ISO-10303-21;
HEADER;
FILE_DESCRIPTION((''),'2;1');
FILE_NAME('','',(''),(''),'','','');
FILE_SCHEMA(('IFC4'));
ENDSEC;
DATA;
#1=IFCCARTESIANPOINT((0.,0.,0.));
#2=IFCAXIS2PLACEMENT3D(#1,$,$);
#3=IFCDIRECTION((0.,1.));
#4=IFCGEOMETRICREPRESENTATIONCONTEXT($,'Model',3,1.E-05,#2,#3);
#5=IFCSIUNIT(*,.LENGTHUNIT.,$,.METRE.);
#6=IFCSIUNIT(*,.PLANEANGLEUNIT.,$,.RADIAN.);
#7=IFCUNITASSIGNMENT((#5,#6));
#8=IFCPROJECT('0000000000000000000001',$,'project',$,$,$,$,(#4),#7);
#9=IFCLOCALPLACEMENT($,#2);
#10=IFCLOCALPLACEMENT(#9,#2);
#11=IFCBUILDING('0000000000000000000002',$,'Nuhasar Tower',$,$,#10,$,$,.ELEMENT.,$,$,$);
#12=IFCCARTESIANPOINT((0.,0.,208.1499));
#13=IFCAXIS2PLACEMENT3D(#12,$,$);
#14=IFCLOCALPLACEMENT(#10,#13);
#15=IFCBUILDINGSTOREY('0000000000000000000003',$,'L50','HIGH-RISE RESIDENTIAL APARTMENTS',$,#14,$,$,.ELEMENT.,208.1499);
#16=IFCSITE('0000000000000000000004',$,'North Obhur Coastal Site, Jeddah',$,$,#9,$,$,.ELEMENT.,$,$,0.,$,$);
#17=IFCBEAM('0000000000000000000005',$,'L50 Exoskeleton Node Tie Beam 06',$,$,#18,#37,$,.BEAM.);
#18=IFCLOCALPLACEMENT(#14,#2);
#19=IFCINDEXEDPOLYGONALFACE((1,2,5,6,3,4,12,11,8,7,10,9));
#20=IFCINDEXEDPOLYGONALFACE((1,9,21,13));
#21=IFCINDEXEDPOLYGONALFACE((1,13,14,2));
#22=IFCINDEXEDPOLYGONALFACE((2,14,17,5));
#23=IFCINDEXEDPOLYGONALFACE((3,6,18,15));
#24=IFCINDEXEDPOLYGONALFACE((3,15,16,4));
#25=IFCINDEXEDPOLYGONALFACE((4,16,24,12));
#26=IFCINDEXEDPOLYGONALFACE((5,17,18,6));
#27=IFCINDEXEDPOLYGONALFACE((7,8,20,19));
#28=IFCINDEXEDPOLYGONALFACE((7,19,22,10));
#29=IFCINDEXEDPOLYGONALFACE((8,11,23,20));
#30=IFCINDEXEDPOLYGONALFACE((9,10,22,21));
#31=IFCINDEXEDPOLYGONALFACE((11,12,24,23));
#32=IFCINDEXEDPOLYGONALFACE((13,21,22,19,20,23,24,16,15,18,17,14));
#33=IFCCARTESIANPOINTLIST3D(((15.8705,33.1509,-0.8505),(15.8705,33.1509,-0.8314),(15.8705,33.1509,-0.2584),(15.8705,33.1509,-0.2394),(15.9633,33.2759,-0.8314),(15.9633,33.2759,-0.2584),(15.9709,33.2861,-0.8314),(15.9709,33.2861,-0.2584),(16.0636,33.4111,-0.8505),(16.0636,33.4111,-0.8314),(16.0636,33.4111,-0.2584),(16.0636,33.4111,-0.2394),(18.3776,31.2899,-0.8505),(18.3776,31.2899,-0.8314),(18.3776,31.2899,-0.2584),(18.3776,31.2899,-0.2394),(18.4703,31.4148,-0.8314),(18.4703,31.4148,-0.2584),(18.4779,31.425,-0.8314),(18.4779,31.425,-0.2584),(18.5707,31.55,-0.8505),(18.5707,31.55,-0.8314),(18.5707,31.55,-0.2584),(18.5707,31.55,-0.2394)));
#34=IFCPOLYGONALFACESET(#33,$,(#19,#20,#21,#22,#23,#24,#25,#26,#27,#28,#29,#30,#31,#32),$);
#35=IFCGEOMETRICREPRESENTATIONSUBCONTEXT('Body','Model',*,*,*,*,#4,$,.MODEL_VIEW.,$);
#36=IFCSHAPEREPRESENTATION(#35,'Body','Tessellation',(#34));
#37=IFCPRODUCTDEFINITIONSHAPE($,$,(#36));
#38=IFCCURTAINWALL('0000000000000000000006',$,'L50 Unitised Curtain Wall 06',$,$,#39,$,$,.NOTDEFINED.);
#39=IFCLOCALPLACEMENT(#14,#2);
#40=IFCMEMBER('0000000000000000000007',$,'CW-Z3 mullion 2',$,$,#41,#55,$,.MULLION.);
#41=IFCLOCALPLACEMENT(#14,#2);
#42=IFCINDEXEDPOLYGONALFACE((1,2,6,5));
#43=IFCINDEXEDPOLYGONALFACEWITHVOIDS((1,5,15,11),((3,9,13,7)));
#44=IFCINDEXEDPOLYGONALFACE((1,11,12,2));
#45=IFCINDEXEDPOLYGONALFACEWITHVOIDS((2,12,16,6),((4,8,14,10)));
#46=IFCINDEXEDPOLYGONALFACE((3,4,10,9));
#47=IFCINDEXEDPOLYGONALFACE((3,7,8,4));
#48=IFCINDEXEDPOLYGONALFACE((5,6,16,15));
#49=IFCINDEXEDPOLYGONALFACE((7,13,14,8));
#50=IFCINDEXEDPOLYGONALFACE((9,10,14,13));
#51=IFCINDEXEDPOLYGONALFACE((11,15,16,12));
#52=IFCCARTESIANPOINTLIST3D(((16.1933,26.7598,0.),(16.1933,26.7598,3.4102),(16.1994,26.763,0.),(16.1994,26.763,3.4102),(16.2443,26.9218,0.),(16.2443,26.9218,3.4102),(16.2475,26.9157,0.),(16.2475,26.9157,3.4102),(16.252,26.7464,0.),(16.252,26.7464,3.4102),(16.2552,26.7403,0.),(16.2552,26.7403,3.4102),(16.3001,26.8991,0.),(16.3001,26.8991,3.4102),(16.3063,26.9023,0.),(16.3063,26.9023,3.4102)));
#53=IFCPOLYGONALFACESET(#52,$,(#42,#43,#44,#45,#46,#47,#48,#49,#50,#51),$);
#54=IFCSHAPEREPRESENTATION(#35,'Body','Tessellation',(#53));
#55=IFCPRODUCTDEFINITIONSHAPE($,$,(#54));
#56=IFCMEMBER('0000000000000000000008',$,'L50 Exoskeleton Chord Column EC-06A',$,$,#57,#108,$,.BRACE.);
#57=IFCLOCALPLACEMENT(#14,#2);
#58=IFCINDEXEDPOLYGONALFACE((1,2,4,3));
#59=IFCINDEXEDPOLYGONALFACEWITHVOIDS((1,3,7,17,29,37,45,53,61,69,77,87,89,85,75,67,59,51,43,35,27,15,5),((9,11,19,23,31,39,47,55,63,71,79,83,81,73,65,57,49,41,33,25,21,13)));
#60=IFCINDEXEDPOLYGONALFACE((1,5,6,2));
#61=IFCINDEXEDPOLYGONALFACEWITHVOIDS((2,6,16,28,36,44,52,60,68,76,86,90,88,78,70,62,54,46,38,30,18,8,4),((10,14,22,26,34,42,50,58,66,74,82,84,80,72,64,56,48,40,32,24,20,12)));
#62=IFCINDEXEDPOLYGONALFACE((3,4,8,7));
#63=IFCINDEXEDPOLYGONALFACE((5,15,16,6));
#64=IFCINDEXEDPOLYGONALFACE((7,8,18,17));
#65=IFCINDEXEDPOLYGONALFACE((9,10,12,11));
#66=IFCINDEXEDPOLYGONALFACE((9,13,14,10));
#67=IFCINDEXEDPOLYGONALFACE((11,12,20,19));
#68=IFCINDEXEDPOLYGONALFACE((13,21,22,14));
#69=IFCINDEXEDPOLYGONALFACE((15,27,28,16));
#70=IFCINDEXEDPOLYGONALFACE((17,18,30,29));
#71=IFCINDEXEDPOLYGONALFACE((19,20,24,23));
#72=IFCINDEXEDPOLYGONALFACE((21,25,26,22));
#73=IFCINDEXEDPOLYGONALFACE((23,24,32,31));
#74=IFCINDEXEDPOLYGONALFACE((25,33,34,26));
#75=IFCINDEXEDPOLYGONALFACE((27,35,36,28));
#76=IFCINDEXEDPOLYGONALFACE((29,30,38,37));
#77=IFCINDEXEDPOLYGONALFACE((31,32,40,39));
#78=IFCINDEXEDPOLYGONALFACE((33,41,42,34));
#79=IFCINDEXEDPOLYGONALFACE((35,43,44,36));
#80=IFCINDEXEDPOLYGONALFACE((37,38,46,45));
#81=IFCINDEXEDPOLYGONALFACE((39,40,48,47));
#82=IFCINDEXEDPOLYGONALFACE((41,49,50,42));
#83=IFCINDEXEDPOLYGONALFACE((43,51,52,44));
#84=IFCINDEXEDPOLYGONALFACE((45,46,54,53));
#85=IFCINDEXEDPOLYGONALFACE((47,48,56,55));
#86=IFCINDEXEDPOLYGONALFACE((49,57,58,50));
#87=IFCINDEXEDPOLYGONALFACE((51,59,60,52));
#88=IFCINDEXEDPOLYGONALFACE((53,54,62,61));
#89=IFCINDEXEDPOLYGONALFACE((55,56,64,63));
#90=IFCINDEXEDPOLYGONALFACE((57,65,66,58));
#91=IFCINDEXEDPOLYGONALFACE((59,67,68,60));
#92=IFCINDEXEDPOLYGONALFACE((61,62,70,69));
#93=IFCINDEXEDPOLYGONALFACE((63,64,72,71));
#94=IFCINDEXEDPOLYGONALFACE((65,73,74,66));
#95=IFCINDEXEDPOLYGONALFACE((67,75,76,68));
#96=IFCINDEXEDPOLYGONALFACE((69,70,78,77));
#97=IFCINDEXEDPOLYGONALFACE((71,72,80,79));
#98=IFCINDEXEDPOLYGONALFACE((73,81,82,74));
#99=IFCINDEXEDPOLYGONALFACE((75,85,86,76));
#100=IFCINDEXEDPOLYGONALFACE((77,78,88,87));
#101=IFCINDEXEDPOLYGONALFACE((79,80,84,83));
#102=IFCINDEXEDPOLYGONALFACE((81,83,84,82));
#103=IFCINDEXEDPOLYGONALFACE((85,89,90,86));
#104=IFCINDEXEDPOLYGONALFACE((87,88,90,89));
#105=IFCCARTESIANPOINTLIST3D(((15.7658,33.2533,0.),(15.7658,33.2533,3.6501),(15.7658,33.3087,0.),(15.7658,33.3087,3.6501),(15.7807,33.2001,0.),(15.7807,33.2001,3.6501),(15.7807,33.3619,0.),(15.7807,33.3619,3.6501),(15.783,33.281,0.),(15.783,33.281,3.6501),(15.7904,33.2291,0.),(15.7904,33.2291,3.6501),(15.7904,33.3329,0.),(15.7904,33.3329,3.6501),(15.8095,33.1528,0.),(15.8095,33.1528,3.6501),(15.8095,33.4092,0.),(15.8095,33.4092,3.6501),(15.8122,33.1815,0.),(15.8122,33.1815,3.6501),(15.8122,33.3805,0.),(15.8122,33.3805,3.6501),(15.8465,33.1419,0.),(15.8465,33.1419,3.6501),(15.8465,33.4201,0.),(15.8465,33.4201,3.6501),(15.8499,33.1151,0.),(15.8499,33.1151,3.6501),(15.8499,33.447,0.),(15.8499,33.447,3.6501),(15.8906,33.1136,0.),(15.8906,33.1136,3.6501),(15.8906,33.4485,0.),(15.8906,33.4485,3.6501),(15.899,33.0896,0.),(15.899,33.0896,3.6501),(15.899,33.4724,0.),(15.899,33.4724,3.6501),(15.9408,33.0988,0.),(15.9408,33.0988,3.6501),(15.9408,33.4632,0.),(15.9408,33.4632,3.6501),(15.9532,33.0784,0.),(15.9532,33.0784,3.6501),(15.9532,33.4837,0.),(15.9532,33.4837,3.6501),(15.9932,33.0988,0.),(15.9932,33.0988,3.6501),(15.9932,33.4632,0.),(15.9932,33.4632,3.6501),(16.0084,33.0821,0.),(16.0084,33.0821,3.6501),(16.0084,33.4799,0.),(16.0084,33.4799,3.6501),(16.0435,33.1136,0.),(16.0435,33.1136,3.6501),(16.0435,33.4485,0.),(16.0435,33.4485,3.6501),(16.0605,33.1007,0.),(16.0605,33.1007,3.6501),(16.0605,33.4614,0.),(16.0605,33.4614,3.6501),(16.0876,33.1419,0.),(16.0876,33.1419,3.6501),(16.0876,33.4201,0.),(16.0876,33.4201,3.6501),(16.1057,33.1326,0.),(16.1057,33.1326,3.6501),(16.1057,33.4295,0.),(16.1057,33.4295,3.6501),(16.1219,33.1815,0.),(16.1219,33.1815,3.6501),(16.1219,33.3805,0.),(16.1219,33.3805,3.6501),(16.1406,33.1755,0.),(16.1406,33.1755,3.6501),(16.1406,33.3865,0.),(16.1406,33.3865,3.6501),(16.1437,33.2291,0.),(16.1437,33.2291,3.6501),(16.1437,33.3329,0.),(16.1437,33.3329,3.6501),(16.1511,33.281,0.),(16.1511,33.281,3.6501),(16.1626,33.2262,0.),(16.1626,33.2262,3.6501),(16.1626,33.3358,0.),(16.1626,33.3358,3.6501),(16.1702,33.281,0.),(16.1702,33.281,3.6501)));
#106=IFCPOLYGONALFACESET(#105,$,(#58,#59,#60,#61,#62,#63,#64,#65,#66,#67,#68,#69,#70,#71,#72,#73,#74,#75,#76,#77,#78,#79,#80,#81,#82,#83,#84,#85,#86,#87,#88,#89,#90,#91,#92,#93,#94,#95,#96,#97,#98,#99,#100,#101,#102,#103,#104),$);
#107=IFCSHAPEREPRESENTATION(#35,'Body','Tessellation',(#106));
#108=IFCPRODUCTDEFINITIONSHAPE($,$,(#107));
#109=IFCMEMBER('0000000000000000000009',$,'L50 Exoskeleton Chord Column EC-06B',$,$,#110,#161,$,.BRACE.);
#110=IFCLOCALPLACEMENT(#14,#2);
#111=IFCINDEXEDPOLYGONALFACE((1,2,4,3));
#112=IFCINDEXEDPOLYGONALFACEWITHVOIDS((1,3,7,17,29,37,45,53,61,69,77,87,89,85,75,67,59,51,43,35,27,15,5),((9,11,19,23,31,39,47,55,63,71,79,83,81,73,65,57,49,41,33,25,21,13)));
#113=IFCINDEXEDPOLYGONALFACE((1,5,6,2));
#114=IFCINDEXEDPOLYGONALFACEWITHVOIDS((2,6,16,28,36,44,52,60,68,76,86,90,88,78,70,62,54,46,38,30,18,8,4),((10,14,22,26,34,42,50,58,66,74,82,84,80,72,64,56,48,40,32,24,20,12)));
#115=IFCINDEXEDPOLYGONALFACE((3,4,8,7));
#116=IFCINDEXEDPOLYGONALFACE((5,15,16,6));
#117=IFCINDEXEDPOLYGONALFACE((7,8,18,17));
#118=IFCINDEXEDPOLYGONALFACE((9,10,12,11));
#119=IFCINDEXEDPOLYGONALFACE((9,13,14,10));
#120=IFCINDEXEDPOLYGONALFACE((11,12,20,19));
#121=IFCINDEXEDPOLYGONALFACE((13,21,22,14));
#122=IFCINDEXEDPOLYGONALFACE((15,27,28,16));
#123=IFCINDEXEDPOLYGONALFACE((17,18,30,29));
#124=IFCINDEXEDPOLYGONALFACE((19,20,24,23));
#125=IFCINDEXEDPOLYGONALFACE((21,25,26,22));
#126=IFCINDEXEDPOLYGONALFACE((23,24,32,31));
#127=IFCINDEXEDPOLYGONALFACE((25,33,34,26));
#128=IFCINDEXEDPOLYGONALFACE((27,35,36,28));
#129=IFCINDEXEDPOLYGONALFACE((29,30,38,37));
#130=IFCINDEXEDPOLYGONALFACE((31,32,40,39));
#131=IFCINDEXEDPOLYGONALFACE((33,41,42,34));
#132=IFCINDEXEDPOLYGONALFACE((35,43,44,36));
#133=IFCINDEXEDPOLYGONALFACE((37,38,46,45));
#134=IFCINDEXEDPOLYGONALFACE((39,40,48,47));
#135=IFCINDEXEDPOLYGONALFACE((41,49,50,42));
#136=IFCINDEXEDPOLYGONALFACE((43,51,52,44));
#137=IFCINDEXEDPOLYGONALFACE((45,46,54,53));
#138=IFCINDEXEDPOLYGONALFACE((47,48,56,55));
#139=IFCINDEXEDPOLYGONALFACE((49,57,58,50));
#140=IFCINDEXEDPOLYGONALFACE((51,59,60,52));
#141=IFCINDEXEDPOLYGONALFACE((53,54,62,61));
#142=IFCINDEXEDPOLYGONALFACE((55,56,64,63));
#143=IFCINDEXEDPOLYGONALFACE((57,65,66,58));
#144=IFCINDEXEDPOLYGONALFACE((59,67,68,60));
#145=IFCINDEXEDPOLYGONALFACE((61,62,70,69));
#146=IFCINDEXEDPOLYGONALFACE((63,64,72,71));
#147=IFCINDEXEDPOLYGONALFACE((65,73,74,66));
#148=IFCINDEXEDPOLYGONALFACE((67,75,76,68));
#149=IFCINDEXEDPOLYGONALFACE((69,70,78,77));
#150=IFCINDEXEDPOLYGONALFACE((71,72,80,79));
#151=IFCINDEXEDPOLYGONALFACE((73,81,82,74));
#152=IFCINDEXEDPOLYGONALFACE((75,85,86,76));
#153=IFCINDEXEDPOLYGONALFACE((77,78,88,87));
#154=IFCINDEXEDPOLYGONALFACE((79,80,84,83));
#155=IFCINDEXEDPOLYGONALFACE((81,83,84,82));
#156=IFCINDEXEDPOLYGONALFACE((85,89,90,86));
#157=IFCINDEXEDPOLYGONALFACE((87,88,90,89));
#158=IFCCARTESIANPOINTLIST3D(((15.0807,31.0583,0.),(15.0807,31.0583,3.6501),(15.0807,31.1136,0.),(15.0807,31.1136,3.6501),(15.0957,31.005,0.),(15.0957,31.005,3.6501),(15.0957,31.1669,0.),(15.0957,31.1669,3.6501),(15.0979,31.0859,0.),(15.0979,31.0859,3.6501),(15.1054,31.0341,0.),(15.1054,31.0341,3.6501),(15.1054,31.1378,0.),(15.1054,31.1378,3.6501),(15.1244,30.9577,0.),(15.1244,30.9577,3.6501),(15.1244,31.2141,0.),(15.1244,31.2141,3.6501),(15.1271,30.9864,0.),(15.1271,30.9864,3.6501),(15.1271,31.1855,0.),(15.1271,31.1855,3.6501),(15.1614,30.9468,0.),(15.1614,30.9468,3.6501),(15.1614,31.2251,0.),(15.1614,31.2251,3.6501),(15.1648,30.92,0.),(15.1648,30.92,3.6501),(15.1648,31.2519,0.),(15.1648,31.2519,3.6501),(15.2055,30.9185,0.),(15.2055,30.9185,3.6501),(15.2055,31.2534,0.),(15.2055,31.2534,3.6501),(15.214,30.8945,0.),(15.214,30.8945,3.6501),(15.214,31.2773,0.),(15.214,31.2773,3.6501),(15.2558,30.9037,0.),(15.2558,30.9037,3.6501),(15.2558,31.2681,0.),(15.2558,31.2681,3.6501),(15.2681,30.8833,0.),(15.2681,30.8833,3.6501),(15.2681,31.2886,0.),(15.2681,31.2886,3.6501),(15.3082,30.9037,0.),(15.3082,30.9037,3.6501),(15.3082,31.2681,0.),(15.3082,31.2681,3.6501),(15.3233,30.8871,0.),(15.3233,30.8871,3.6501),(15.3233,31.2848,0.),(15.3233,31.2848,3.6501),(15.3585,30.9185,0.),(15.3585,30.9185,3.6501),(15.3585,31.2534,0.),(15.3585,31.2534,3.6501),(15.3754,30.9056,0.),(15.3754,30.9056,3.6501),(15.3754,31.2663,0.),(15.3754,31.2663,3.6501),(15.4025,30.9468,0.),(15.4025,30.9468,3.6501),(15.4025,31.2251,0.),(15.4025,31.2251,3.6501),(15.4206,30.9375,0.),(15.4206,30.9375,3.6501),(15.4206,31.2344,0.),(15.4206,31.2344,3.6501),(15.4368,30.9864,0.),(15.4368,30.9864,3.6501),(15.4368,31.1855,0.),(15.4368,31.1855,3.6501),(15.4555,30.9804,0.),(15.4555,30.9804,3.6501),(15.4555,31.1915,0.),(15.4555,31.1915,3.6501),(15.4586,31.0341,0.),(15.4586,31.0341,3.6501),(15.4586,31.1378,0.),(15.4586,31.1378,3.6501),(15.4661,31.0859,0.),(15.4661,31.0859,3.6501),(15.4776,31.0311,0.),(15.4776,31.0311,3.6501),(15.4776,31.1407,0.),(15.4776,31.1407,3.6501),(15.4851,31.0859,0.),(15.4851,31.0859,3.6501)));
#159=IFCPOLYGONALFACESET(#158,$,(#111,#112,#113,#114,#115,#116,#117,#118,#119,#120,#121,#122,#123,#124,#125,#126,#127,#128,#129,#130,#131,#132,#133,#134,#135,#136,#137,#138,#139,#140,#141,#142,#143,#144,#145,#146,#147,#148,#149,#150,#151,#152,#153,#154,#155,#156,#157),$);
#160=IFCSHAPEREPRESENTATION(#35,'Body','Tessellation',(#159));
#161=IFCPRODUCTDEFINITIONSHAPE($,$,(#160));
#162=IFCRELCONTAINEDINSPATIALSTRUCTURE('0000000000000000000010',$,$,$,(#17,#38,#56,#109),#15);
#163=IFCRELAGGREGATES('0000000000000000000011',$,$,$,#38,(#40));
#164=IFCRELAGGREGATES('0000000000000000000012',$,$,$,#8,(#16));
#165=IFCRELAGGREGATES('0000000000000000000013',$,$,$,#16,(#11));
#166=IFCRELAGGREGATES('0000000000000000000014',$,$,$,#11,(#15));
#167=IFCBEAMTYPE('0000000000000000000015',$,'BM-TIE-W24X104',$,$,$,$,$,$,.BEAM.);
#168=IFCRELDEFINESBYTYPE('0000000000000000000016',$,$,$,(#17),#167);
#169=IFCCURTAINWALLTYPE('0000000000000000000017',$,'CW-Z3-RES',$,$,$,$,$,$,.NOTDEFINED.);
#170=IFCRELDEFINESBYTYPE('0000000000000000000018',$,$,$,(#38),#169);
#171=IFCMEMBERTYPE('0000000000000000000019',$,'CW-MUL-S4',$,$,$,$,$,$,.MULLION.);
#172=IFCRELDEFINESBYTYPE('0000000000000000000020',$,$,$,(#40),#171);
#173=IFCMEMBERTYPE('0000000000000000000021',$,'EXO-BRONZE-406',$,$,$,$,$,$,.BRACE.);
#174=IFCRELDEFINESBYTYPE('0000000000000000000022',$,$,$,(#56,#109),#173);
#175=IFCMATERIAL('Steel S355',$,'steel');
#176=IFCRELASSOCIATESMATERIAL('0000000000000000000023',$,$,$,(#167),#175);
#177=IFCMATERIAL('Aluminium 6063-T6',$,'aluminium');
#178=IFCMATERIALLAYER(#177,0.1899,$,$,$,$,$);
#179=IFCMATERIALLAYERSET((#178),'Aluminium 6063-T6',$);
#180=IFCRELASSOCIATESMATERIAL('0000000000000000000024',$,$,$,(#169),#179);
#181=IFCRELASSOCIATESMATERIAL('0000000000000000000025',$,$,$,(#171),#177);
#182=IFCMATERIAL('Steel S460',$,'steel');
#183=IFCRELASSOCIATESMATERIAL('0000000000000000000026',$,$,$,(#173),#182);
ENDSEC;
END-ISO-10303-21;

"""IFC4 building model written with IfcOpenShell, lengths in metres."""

from ifc_helpers import new_model, si_unit, direction, frame, origin, origin_2d, place, context, subcontext, project, spatial, hollow_rectangle, hollow_circle, i_section, extrude, material, layer, layer_set, material_profile, profile_set, type_object, element, aggregate, save


model = new_model("IFC4")

# Units and contexts
model_context = context("Model", 3, precision=1e-05, world=origin(), true_north=direction((0.0, 1.0)))
body_context = subcontext(model_context, "Body", "Model", "MODEL_VIEW")
ifc_project = project(units=[si_unit("LENGTHUNIT", "METRE"), si_unit("PLANEANGLEUNIT", "RADIAN")], contexts=[model_context])

# Site, building, storey
site_placement = place(None, origin())
site = spatial("IfcSite", under=ifc_project, at=site_placement, Name="North Obhur Coastal Site, Jeddah", CompositionType="ELEMENT", RefElevation=0.0)
building_placement = place(site_placement, origin())
building = spatial("IfcBuilding", under=site, at=building_placement, Name="Nuhasar Tower", CompositionType="ELEMENT")
storey_placement = place(building_placement, frame((0.0, 0.0, 208.1499)))
storey = spatial("IfcBuildingStorey", under=building, at=storey_placement, Name="L50", Description="HIGH-RISE RESIDENTIAL APARTMENTS", CompositionType="ELEMENT", Elevation=208.1499)

# Beam
ifc_material_1 = material(Name="Steel S355", Category="steel")
ifc_material_profile_1 = material_profile(ifc_material_1, i_section(OverallWidth=0.324, OverallDepth=0.6111, WebThickness=0.0127, FlangeThickness=0.019, at=origin_2d()), Name="W24X104")
ifc_profile_set_1 = profile_set([ifc_material_profile_1], Name="Steel S355")
beam_type_1 = type_object("IfcBeamType", Name="BM-TIE-W24X104", PredefinedType="BEAM", material=ifc_profile_set_1)
beam_1_placement = place(storey_placement, frame((18.4741, 31.4199, -0.5449), z_axis=(-0.802946, 0.596052, 0.0), x_axis=(-0.596052, -0.802946, 0.0)))
element("IfcBeam", 1, at=beam_1_placement, inside=storey, type_object=beam_type_1, Name="L50 Exoskeleton Node Tie Beam 06", PredefinedType="BEAM", context=body_context, shape_type="SweptSolid", body=[
    extrude(i_section(OverallWidth=0.324, OverallDepth=0.6111, WebThickness=0.0127, FlangeThickness=0.019, at=origin_2d()), origin(), (0.0, 0.0, 1.0), 3.1223),
])

# Curtain wall, member
ifc_material_2 = material(Name="Aluminium 6063-T6", Category="aluminium")
ifc_layer_1 = layer(ifc_material_2, 0.1899)
ifc_layer_set_1 = layer_set([ifc_layer_1], Name="Aluminium 6063-T6")
curtain_wall_type = type_object("IfcCurtainWallType", Name="CW-Z3-RES", PredefinedType="NOTDEFINED", material=ifc_layer_set_1)
curtain_wall_placement = place(storey_placement, origin())
curtain_wall = element("IfcCurtainWall", 2, at=curtain_wall_placement, inside=storey, type_object=curtain_wall_type, Name="L50 Unitised Curtain Wall 06", PredefinedType="NOTDEFINED")
ifc_material_profile_2 = material_profile(ifc_material_2, hollow_rectangle(XDim=0.0649, YDim=0.1699, WallThickness=0.0049, at=origin_2d()), Name="CWM-4")
ifc_profile_set_2 = profile_set([ifc_material_profile_2], Name="Aluminium 6063-T6")
member_type_1 = type_object("IfcMemberType", Name="CW-MUL-S4", PredefinedType="MULLION", material=ifc_profile_set_2)
member_1_placement = place(storey_placement, frame((16.2498, 26.8311, 0.0), z_axis=(0.0, 0.0, 1.0), x_axis=(0.953804, -0.300429, 0.0)))
member_1 = element("IfcMember", 3, at=member_1_placement, type_object=member_type_1, Name="CW-Z3 mullion 2", PredefinedType="MULLION", context=body_context, shape_type="SweptSolid", body=[
    extrude(hollow_rectangle(XDim=0.0649, YDim=0.1699, WallThickness=0.0049, at=origin_2d()), origin(), (0.0, 0.0, 1.0), 3.4102),
])

# Members
ifc_material_3 = material(Name="Steel S460", Category="steel")
ifc_material_profile_3 = material_profile(ifc_material_3, hollow_circle(Radius=0.2031, WallThickness=0.019, at=origin_2d()), Name="HSS406.4X19.1")
ifc_profile_set_3 = profile_set([ifc_material_profile_3], Name="Steel S460")
member_type_2 = type_object("IfcMemberType", Name="EXO-BRONZE-406", PredefinedType="BRACE", material=ifc_profile_set_3)
for number, where, z_axis, x_axis, name in (
    (4, (15.967, 33.281, 0.0), (0.0, 0.0, 1.0), (1.0, 0.0, 0.0), "L50 Exoskeleton Chord Column EC-06A"),
    (5, (15.282, 31.0859, 0.0), (0.0, 0.0, 1.0), (1.0, 0.0, 0.0), "L50 Exoskeleton Chord Column EC-06B"),
):
    element("IfcMember", number, at=place(storey_placement, frame(where, z_axis=z_axis, x_axis=x_axis)), inside=storey, type_object=member_type_2, Name=name, PredefinedType="BRACE", context=body_context, shape_type="SweptSolid", body=[
        extrude(hollow_circle(Radius=0.2031, WallThickness=0.019, at=origin_2d()), origin(), (0.0, 0.0, 1.0), 3.6501),
    ])

aggregate(curtain_wall, [member_1])

save(model, "model.ifc")
